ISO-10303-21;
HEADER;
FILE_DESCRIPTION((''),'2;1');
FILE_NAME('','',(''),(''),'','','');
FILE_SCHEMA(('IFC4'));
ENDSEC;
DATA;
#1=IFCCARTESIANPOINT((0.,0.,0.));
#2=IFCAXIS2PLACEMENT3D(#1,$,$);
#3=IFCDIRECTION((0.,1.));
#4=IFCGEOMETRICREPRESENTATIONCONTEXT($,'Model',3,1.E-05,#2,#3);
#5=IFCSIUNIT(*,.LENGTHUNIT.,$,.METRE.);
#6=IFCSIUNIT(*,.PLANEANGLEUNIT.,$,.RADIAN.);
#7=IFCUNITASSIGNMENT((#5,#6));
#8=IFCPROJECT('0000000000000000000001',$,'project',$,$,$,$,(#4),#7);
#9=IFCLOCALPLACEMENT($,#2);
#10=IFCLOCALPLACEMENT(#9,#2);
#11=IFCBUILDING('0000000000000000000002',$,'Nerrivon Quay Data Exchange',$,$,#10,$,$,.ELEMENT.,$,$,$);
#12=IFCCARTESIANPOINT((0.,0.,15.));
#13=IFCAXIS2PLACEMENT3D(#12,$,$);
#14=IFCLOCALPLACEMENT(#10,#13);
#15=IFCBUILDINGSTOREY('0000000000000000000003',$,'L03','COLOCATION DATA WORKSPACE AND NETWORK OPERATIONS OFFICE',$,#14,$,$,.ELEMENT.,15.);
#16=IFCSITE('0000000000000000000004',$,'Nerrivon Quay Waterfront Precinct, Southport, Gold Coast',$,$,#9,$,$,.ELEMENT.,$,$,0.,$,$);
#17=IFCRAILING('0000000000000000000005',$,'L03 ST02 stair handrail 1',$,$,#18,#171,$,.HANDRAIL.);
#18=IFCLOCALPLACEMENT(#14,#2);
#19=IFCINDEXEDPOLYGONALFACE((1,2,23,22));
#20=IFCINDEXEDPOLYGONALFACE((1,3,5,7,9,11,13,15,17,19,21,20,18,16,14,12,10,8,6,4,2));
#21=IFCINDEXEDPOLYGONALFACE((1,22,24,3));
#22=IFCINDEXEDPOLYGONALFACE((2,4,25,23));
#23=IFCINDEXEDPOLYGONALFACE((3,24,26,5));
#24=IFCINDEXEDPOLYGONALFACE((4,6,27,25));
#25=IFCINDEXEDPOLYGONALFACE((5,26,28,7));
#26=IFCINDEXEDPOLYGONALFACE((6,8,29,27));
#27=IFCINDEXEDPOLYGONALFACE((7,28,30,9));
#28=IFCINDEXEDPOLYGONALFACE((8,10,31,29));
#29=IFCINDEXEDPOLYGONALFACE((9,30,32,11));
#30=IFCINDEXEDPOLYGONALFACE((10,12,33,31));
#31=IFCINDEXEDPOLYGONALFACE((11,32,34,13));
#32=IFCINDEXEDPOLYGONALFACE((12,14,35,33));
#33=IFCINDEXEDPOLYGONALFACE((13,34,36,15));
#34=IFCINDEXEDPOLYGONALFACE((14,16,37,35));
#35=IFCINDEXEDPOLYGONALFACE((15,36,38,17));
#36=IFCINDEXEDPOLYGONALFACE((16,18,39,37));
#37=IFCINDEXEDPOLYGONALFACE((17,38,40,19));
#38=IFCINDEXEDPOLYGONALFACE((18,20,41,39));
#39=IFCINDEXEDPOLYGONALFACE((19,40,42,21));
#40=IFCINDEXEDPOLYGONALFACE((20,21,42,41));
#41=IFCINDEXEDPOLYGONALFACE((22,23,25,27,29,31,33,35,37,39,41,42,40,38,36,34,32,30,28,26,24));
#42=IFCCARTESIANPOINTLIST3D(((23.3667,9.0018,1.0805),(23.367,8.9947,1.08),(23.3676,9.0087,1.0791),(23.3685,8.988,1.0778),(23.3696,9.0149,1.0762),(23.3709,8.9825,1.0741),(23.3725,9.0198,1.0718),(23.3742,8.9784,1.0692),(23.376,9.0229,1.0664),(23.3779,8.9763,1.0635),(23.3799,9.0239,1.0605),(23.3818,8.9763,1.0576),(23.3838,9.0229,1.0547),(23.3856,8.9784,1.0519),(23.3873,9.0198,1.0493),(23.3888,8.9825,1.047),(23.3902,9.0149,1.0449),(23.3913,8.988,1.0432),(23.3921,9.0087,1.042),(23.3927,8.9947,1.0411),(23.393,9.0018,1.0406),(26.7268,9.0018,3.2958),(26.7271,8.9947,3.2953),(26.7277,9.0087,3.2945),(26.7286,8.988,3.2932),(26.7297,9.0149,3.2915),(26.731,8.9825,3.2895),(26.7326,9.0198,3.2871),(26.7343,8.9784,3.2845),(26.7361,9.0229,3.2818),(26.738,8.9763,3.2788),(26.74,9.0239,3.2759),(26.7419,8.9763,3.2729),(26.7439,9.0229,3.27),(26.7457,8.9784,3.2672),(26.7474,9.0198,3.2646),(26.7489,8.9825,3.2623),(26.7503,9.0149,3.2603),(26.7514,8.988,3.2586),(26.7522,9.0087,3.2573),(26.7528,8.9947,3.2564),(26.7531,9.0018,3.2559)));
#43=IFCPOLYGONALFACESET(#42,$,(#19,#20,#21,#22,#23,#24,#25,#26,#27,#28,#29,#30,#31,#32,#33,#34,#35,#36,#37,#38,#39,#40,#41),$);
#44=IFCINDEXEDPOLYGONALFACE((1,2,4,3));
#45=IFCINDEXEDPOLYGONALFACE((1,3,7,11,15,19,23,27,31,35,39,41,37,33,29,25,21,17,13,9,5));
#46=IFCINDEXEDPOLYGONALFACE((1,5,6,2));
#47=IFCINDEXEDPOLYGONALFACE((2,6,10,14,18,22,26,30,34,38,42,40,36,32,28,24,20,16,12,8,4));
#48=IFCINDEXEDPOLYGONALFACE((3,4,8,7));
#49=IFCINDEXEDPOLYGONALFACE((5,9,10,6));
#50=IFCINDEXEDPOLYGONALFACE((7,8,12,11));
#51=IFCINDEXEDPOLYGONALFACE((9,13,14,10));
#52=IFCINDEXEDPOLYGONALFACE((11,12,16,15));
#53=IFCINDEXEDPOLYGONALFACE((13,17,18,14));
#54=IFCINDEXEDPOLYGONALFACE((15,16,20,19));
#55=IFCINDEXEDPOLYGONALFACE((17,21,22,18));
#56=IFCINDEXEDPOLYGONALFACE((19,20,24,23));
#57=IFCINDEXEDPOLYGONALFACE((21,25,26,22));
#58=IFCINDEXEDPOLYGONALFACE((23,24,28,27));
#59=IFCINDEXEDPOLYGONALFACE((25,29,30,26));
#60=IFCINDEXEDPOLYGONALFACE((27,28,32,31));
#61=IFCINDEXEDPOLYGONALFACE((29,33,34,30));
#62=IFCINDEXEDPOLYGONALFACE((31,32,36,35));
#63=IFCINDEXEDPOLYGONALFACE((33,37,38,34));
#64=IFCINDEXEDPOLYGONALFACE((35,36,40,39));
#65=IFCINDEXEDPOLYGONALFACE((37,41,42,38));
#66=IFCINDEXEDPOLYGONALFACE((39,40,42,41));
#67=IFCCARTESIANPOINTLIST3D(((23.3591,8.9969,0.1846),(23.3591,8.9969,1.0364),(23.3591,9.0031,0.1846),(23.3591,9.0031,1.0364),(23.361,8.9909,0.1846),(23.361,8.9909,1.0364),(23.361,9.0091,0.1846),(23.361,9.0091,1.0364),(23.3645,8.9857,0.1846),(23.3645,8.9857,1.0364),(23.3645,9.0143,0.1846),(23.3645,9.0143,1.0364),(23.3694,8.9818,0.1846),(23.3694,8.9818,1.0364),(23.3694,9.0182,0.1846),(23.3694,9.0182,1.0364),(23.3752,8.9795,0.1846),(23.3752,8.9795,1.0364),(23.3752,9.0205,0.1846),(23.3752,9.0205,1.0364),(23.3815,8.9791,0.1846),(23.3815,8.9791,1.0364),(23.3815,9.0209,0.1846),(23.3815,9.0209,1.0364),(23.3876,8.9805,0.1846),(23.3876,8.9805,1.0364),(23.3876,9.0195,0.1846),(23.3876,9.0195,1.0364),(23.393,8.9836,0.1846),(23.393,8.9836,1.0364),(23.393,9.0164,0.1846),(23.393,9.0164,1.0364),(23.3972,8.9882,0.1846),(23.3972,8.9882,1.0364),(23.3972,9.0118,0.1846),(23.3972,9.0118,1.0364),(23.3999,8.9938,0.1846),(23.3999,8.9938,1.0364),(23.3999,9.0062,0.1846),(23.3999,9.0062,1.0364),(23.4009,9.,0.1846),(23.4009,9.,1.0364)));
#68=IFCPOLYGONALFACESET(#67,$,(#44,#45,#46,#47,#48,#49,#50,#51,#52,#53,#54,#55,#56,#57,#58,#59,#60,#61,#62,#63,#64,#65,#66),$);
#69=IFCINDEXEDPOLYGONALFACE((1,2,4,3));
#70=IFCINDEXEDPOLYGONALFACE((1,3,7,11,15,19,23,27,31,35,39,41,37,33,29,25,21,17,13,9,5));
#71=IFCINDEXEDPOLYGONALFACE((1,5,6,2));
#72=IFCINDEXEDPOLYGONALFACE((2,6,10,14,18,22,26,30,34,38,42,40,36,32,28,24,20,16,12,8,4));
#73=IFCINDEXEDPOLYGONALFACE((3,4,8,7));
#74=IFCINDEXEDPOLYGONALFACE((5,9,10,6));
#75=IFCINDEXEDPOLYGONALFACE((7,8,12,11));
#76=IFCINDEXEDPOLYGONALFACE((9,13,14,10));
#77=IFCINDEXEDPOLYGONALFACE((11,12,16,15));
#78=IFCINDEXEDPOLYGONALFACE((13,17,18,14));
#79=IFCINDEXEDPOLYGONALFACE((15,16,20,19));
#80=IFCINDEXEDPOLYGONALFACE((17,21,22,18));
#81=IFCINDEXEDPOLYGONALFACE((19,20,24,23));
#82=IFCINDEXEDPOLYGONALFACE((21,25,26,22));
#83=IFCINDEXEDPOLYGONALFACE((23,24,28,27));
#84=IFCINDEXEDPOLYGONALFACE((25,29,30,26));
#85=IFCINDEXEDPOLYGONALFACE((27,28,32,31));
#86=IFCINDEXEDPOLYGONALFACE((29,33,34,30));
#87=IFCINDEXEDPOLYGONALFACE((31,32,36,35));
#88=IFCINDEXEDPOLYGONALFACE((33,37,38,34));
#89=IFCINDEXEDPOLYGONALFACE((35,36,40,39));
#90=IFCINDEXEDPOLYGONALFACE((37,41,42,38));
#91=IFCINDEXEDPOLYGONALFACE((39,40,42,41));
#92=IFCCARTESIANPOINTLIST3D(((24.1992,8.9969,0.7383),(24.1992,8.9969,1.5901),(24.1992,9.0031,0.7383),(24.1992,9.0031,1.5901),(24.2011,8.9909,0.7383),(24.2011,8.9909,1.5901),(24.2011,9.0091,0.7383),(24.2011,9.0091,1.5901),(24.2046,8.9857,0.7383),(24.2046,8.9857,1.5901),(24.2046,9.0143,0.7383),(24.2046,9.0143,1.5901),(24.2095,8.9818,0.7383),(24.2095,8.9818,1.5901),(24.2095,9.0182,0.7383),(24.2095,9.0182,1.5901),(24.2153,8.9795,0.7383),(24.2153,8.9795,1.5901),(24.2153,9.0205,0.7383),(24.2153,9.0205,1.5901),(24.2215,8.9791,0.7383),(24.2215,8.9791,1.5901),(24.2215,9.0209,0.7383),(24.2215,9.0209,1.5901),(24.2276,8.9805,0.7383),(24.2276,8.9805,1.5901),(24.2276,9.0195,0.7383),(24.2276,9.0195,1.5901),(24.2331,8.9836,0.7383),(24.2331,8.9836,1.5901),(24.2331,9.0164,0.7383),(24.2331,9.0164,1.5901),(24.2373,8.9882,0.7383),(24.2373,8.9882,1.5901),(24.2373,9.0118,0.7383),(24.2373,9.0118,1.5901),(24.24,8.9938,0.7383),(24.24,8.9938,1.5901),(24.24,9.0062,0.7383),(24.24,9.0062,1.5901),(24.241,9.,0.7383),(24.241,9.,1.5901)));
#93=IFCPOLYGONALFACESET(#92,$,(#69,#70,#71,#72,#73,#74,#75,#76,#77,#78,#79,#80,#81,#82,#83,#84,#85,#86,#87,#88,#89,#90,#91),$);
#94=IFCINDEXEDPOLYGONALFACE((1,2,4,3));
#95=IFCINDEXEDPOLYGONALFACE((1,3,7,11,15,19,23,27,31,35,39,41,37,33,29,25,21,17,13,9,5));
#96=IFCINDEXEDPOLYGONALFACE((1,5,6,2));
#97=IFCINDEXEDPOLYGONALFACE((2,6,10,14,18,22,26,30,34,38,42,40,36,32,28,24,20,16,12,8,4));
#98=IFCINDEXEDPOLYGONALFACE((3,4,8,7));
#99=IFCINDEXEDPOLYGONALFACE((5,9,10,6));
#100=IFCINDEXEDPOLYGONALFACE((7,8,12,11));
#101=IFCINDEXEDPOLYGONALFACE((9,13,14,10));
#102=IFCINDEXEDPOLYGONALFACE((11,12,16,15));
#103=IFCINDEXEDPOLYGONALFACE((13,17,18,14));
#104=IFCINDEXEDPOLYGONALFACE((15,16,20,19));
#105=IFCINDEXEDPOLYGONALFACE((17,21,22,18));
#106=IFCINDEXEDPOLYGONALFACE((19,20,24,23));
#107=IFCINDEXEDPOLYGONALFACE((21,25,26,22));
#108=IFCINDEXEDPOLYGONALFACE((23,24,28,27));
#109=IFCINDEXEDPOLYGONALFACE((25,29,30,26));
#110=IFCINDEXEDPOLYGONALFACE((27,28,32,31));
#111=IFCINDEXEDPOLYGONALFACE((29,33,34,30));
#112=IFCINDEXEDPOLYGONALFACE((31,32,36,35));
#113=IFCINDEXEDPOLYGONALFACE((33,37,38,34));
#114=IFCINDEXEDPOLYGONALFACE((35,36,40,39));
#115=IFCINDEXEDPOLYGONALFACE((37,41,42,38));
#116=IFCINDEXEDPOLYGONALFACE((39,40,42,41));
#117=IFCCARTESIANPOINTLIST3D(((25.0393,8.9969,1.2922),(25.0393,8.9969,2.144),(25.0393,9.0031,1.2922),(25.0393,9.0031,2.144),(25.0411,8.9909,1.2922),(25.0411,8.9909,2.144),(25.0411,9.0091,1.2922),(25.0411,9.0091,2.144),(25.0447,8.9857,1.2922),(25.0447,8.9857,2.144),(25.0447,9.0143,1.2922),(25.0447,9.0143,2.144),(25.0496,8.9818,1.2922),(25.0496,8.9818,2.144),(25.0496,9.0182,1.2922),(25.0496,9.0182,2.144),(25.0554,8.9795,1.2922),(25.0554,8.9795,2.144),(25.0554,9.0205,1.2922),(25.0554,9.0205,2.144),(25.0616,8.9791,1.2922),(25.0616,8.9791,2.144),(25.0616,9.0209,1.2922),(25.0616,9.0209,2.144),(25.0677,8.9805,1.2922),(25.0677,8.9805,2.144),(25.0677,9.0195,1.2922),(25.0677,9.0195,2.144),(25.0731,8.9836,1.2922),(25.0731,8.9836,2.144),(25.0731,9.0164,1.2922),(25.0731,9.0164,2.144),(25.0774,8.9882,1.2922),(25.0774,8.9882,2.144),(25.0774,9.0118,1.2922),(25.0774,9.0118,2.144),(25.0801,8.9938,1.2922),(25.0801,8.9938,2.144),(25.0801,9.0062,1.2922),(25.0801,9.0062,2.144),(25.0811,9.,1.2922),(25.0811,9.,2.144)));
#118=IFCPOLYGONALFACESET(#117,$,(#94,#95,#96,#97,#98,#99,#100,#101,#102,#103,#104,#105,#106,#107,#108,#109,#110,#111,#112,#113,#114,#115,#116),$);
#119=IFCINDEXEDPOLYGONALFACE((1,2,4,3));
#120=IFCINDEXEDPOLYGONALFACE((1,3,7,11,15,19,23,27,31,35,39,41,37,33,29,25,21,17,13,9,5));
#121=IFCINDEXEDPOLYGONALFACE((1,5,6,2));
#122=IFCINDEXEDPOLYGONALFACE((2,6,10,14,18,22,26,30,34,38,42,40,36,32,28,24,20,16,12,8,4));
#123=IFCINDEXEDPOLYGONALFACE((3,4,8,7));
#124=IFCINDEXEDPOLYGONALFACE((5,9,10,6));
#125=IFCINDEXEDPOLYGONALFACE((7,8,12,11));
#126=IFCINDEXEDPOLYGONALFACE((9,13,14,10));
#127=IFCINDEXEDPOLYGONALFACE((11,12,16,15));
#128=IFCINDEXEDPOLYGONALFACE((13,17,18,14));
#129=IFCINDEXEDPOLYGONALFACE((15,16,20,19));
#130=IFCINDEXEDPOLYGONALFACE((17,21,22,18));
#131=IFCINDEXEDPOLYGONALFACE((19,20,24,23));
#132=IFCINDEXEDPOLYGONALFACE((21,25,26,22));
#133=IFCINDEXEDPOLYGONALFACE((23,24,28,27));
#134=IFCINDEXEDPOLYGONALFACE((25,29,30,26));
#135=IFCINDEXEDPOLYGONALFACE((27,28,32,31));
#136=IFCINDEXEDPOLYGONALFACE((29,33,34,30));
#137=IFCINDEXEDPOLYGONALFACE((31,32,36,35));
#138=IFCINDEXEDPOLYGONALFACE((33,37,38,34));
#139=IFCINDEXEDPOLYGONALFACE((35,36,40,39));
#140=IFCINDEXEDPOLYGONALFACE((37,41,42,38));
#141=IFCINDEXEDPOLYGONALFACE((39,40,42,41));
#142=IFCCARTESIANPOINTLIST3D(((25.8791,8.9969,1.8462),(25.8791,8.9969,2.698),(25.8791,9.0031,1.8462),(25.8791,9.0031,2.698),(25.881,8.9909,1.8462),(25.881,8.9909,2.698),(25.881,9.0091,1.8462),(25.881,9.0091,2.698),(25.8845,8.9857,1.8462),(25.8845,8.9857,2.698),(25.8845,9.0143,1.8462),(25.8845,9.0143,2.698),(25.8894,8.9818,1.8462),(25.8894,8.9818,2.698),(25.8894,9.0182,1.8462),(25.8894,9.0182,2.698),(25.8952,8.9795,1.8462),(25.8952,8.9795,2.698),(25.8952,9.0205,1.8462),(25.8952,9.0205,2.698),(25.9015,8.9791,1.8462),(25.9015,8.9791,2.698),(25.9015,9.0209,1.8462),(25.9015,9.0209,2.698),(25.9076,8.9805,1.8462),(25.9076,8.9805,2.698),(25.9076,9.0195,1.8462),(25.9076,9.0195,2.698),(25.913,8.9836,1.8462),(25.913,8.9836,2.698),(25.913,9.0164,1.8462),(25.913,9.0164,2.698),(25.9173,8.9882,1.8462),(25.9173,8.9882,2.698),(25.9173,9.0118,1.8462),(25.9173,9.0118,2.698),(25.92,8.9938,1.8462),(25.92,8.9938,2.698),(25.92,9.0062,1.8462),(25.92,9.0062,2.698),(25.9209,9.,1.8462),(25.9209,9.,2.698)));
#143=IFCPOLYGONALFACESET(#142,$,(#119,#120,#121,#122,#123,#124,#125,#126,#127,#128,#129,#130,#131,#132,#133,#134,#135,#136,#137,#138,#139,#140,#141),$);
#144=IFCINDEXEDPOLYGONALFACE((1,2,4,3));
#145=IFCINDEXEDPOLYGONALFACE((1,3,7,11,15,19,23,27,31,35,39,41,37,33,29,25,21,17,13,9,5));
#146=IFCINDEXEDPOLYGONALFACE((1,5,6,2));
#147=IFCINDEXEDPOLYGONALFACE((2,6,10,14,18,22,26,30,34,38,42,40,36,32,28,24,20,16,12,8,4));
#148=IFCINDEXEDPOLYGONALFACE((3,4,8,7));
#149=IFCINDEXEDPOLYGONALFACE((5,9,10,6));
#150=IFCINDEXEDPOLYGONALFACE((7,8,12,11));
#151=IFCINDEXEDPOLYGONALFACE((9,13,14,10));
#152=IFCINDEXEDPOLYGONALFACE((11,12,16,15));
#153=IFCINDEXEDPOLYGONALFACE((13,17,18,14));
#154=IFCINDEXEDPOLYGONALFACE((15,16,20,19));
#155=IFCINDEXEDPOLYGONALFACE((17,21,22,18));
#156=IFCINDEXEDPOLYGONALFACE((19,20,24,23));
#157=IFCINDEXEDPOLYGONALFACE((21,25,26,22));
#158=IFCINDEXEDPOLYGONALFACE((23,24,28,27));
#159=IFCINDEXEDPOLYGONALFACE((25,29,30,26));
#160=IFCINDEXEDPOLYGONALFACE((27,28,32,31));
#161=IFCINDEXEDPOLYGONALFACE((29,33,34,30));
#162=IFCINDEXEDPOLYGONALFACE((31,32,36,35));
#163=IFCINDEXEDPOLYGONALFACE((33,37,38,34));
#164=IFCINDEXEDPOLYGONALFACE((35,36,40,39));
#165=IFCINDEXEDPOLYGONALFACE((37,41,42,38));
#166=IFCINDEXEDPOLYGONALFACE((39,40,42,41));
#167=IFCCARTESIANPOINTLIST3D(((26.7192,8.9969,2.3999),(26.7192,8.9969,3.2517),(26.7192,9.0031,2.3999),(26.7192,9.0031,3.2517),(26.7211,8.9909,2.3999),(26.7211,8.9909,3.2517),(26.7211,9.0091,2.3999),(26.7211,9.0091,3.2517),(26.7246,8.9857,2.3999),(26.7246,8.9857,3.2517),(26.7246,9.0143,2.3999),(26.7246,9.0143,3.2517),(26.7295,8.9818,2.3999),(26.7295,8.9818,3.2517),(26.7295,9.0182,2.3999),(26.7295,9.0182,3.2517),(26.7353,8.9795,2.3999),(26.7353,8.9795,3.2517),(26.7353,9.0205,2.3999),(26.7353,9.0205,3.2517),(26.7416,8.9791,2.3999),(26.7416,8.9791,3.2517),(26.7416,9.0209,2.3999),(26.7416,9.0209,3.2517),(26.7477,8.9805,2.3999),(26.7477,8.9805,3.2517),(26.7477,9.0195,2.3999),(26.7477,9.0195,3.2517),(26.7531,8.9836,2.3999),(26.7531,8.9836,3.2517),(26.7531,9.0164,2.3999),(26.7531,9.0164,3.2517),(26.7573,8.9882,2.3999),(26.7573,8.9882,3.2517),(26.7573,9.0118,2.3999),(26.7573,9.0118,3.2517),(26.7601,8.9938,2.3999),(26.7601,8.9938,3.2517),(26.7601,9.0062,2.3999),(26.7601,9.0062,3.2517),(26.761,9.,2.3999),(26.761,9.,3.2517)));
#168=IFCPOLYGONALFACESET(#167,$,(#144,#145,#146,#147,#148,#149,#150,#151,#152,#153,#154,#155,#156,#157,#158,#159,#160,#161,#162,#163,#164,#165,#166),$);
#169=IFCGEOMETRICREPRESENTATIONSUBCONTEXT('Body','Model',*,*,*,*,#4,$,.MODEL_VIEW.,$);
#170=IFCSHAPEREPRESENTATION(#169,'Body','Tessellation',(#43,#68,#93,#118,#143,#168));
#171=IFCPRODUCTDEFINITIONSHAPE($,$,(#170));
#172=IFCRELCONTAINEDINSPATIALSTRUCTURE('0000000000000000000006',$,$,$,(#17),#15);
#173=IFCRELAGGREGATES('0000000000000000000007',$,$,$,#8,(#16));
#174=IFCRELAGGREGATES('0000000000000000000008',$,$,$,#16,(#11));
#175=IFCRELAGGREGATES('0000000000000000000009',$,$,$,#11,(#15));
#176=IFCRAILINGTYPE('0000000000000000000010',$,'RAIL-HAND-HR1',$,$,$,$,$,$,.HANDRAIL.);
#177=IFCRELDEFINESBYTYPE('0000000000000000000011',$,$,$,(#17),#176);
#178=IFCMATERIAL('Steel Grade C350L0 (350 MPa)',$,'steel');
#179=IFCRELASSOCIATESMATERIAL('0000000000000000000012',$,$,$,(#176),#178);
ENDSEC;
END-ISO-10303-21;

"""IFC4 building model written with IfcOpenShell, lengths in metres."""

from ifc_helpers import new_model, si_unit, direction, frame, origin, origin_2d, place, context, subcontext, project, spatial, circle, extrude, material, type_object, element, save


model = new_model("IFC4")

# Units and contexts
model_context = context("Model", 3, precision=1e-05, world=origin(), true_north=direction((0.0, 1.0)))
body_context = subcontext(model_context, "Body", "Model", "MODEL_VIEW")
ifc_project = project(units=[si_unit("LENGTHUNIT", "METRE"), si_unit("PLANEANGLEUNIT", "RADIAN")], contexts=[model_context])

# Site, building, storey
site_placement = place(None, origin())
site = spatial("IfcSite", under=ifc_project, at=site_placement, Name="Nerrivon Quay Waterfront Precinct, Southport, Gold Coast", CompositionType="ELEMENT", RefElevation=0.0)
building_placement = place(site_placement, origin())
building = spatial("IfcBuilding", under=site, at=building_placement, Name="Nerrivon Quay Data Exchange", CompositionType="ELEMENT")
storey_placement = place(building_placement, frame((0.0, 0.0, 15.0)))
storey = spatial("IfcBuildingStorey", under=building, at=storey_placement, Name="L03", Description="COLOCATION DATA WORKSPACE AND NETWORK OPERATIONS OFFICE", CompositionType="ELEMENT", Elevation=15.0)

# Railing
ifc_material_1 = material(Name="Steel Grade C350L0 (350 MPa)", Category="steel")
railing_type = type_object("IfcRailingType", Name="RAIL-HAND-HR1", PredefinedType="HANDRAIL", material=ifc_material_1)
railing_placement = place(storey_placement, frame((23.3799, 9.0, 0.1846)))
element("IfcRailing", 1, at=railing_placement, inside=storey, type_object=railing_type, Name="L03 ST02 stair handrail 1", PredefinedType="HANDRAIL", context=body_context, shape_type="SweptSolid", body=[
    extrude(circle(Radius=0.0239, at=origin_2d()), frame((0.0, 0.0, 0.876), z_axis=(0.834876, 0.0, 0.550437), x_axis=(0.0, 1.0, 0.0)), (0.0, 0.0, 1.0), 4.0247),
    extrude(circle(Radius=0.021, at=origin_2d()), origin(), (0.0, 0.0, 1.0), 0.8518),
    extrude(circle(Radius=0.021, at=origin_2d()), frame((0.8401, 0.0, 0.5537)), (0.0, 0.0, 1.0), 0.8518),
    extrude(circle(Radius=0.021, at=origin_2d()), frame((1.6802, 0.0, 1.1077)), (0.0, 0.0, 1.0), 0.8518),
    extrude(circle(Radius=0.021, at=origin_2d()), frame((2.52, 0.0, 1.6616)), (0.0, 0.0, 1.0), 0.8518),
    extrude(circle(Radius=0.021, at=origin_2d()), frame((3.3601, 0.0, 2.2153)), (0.0, 0.0, 1.0), 0.8518),
])

save(model, "model.ifc")
